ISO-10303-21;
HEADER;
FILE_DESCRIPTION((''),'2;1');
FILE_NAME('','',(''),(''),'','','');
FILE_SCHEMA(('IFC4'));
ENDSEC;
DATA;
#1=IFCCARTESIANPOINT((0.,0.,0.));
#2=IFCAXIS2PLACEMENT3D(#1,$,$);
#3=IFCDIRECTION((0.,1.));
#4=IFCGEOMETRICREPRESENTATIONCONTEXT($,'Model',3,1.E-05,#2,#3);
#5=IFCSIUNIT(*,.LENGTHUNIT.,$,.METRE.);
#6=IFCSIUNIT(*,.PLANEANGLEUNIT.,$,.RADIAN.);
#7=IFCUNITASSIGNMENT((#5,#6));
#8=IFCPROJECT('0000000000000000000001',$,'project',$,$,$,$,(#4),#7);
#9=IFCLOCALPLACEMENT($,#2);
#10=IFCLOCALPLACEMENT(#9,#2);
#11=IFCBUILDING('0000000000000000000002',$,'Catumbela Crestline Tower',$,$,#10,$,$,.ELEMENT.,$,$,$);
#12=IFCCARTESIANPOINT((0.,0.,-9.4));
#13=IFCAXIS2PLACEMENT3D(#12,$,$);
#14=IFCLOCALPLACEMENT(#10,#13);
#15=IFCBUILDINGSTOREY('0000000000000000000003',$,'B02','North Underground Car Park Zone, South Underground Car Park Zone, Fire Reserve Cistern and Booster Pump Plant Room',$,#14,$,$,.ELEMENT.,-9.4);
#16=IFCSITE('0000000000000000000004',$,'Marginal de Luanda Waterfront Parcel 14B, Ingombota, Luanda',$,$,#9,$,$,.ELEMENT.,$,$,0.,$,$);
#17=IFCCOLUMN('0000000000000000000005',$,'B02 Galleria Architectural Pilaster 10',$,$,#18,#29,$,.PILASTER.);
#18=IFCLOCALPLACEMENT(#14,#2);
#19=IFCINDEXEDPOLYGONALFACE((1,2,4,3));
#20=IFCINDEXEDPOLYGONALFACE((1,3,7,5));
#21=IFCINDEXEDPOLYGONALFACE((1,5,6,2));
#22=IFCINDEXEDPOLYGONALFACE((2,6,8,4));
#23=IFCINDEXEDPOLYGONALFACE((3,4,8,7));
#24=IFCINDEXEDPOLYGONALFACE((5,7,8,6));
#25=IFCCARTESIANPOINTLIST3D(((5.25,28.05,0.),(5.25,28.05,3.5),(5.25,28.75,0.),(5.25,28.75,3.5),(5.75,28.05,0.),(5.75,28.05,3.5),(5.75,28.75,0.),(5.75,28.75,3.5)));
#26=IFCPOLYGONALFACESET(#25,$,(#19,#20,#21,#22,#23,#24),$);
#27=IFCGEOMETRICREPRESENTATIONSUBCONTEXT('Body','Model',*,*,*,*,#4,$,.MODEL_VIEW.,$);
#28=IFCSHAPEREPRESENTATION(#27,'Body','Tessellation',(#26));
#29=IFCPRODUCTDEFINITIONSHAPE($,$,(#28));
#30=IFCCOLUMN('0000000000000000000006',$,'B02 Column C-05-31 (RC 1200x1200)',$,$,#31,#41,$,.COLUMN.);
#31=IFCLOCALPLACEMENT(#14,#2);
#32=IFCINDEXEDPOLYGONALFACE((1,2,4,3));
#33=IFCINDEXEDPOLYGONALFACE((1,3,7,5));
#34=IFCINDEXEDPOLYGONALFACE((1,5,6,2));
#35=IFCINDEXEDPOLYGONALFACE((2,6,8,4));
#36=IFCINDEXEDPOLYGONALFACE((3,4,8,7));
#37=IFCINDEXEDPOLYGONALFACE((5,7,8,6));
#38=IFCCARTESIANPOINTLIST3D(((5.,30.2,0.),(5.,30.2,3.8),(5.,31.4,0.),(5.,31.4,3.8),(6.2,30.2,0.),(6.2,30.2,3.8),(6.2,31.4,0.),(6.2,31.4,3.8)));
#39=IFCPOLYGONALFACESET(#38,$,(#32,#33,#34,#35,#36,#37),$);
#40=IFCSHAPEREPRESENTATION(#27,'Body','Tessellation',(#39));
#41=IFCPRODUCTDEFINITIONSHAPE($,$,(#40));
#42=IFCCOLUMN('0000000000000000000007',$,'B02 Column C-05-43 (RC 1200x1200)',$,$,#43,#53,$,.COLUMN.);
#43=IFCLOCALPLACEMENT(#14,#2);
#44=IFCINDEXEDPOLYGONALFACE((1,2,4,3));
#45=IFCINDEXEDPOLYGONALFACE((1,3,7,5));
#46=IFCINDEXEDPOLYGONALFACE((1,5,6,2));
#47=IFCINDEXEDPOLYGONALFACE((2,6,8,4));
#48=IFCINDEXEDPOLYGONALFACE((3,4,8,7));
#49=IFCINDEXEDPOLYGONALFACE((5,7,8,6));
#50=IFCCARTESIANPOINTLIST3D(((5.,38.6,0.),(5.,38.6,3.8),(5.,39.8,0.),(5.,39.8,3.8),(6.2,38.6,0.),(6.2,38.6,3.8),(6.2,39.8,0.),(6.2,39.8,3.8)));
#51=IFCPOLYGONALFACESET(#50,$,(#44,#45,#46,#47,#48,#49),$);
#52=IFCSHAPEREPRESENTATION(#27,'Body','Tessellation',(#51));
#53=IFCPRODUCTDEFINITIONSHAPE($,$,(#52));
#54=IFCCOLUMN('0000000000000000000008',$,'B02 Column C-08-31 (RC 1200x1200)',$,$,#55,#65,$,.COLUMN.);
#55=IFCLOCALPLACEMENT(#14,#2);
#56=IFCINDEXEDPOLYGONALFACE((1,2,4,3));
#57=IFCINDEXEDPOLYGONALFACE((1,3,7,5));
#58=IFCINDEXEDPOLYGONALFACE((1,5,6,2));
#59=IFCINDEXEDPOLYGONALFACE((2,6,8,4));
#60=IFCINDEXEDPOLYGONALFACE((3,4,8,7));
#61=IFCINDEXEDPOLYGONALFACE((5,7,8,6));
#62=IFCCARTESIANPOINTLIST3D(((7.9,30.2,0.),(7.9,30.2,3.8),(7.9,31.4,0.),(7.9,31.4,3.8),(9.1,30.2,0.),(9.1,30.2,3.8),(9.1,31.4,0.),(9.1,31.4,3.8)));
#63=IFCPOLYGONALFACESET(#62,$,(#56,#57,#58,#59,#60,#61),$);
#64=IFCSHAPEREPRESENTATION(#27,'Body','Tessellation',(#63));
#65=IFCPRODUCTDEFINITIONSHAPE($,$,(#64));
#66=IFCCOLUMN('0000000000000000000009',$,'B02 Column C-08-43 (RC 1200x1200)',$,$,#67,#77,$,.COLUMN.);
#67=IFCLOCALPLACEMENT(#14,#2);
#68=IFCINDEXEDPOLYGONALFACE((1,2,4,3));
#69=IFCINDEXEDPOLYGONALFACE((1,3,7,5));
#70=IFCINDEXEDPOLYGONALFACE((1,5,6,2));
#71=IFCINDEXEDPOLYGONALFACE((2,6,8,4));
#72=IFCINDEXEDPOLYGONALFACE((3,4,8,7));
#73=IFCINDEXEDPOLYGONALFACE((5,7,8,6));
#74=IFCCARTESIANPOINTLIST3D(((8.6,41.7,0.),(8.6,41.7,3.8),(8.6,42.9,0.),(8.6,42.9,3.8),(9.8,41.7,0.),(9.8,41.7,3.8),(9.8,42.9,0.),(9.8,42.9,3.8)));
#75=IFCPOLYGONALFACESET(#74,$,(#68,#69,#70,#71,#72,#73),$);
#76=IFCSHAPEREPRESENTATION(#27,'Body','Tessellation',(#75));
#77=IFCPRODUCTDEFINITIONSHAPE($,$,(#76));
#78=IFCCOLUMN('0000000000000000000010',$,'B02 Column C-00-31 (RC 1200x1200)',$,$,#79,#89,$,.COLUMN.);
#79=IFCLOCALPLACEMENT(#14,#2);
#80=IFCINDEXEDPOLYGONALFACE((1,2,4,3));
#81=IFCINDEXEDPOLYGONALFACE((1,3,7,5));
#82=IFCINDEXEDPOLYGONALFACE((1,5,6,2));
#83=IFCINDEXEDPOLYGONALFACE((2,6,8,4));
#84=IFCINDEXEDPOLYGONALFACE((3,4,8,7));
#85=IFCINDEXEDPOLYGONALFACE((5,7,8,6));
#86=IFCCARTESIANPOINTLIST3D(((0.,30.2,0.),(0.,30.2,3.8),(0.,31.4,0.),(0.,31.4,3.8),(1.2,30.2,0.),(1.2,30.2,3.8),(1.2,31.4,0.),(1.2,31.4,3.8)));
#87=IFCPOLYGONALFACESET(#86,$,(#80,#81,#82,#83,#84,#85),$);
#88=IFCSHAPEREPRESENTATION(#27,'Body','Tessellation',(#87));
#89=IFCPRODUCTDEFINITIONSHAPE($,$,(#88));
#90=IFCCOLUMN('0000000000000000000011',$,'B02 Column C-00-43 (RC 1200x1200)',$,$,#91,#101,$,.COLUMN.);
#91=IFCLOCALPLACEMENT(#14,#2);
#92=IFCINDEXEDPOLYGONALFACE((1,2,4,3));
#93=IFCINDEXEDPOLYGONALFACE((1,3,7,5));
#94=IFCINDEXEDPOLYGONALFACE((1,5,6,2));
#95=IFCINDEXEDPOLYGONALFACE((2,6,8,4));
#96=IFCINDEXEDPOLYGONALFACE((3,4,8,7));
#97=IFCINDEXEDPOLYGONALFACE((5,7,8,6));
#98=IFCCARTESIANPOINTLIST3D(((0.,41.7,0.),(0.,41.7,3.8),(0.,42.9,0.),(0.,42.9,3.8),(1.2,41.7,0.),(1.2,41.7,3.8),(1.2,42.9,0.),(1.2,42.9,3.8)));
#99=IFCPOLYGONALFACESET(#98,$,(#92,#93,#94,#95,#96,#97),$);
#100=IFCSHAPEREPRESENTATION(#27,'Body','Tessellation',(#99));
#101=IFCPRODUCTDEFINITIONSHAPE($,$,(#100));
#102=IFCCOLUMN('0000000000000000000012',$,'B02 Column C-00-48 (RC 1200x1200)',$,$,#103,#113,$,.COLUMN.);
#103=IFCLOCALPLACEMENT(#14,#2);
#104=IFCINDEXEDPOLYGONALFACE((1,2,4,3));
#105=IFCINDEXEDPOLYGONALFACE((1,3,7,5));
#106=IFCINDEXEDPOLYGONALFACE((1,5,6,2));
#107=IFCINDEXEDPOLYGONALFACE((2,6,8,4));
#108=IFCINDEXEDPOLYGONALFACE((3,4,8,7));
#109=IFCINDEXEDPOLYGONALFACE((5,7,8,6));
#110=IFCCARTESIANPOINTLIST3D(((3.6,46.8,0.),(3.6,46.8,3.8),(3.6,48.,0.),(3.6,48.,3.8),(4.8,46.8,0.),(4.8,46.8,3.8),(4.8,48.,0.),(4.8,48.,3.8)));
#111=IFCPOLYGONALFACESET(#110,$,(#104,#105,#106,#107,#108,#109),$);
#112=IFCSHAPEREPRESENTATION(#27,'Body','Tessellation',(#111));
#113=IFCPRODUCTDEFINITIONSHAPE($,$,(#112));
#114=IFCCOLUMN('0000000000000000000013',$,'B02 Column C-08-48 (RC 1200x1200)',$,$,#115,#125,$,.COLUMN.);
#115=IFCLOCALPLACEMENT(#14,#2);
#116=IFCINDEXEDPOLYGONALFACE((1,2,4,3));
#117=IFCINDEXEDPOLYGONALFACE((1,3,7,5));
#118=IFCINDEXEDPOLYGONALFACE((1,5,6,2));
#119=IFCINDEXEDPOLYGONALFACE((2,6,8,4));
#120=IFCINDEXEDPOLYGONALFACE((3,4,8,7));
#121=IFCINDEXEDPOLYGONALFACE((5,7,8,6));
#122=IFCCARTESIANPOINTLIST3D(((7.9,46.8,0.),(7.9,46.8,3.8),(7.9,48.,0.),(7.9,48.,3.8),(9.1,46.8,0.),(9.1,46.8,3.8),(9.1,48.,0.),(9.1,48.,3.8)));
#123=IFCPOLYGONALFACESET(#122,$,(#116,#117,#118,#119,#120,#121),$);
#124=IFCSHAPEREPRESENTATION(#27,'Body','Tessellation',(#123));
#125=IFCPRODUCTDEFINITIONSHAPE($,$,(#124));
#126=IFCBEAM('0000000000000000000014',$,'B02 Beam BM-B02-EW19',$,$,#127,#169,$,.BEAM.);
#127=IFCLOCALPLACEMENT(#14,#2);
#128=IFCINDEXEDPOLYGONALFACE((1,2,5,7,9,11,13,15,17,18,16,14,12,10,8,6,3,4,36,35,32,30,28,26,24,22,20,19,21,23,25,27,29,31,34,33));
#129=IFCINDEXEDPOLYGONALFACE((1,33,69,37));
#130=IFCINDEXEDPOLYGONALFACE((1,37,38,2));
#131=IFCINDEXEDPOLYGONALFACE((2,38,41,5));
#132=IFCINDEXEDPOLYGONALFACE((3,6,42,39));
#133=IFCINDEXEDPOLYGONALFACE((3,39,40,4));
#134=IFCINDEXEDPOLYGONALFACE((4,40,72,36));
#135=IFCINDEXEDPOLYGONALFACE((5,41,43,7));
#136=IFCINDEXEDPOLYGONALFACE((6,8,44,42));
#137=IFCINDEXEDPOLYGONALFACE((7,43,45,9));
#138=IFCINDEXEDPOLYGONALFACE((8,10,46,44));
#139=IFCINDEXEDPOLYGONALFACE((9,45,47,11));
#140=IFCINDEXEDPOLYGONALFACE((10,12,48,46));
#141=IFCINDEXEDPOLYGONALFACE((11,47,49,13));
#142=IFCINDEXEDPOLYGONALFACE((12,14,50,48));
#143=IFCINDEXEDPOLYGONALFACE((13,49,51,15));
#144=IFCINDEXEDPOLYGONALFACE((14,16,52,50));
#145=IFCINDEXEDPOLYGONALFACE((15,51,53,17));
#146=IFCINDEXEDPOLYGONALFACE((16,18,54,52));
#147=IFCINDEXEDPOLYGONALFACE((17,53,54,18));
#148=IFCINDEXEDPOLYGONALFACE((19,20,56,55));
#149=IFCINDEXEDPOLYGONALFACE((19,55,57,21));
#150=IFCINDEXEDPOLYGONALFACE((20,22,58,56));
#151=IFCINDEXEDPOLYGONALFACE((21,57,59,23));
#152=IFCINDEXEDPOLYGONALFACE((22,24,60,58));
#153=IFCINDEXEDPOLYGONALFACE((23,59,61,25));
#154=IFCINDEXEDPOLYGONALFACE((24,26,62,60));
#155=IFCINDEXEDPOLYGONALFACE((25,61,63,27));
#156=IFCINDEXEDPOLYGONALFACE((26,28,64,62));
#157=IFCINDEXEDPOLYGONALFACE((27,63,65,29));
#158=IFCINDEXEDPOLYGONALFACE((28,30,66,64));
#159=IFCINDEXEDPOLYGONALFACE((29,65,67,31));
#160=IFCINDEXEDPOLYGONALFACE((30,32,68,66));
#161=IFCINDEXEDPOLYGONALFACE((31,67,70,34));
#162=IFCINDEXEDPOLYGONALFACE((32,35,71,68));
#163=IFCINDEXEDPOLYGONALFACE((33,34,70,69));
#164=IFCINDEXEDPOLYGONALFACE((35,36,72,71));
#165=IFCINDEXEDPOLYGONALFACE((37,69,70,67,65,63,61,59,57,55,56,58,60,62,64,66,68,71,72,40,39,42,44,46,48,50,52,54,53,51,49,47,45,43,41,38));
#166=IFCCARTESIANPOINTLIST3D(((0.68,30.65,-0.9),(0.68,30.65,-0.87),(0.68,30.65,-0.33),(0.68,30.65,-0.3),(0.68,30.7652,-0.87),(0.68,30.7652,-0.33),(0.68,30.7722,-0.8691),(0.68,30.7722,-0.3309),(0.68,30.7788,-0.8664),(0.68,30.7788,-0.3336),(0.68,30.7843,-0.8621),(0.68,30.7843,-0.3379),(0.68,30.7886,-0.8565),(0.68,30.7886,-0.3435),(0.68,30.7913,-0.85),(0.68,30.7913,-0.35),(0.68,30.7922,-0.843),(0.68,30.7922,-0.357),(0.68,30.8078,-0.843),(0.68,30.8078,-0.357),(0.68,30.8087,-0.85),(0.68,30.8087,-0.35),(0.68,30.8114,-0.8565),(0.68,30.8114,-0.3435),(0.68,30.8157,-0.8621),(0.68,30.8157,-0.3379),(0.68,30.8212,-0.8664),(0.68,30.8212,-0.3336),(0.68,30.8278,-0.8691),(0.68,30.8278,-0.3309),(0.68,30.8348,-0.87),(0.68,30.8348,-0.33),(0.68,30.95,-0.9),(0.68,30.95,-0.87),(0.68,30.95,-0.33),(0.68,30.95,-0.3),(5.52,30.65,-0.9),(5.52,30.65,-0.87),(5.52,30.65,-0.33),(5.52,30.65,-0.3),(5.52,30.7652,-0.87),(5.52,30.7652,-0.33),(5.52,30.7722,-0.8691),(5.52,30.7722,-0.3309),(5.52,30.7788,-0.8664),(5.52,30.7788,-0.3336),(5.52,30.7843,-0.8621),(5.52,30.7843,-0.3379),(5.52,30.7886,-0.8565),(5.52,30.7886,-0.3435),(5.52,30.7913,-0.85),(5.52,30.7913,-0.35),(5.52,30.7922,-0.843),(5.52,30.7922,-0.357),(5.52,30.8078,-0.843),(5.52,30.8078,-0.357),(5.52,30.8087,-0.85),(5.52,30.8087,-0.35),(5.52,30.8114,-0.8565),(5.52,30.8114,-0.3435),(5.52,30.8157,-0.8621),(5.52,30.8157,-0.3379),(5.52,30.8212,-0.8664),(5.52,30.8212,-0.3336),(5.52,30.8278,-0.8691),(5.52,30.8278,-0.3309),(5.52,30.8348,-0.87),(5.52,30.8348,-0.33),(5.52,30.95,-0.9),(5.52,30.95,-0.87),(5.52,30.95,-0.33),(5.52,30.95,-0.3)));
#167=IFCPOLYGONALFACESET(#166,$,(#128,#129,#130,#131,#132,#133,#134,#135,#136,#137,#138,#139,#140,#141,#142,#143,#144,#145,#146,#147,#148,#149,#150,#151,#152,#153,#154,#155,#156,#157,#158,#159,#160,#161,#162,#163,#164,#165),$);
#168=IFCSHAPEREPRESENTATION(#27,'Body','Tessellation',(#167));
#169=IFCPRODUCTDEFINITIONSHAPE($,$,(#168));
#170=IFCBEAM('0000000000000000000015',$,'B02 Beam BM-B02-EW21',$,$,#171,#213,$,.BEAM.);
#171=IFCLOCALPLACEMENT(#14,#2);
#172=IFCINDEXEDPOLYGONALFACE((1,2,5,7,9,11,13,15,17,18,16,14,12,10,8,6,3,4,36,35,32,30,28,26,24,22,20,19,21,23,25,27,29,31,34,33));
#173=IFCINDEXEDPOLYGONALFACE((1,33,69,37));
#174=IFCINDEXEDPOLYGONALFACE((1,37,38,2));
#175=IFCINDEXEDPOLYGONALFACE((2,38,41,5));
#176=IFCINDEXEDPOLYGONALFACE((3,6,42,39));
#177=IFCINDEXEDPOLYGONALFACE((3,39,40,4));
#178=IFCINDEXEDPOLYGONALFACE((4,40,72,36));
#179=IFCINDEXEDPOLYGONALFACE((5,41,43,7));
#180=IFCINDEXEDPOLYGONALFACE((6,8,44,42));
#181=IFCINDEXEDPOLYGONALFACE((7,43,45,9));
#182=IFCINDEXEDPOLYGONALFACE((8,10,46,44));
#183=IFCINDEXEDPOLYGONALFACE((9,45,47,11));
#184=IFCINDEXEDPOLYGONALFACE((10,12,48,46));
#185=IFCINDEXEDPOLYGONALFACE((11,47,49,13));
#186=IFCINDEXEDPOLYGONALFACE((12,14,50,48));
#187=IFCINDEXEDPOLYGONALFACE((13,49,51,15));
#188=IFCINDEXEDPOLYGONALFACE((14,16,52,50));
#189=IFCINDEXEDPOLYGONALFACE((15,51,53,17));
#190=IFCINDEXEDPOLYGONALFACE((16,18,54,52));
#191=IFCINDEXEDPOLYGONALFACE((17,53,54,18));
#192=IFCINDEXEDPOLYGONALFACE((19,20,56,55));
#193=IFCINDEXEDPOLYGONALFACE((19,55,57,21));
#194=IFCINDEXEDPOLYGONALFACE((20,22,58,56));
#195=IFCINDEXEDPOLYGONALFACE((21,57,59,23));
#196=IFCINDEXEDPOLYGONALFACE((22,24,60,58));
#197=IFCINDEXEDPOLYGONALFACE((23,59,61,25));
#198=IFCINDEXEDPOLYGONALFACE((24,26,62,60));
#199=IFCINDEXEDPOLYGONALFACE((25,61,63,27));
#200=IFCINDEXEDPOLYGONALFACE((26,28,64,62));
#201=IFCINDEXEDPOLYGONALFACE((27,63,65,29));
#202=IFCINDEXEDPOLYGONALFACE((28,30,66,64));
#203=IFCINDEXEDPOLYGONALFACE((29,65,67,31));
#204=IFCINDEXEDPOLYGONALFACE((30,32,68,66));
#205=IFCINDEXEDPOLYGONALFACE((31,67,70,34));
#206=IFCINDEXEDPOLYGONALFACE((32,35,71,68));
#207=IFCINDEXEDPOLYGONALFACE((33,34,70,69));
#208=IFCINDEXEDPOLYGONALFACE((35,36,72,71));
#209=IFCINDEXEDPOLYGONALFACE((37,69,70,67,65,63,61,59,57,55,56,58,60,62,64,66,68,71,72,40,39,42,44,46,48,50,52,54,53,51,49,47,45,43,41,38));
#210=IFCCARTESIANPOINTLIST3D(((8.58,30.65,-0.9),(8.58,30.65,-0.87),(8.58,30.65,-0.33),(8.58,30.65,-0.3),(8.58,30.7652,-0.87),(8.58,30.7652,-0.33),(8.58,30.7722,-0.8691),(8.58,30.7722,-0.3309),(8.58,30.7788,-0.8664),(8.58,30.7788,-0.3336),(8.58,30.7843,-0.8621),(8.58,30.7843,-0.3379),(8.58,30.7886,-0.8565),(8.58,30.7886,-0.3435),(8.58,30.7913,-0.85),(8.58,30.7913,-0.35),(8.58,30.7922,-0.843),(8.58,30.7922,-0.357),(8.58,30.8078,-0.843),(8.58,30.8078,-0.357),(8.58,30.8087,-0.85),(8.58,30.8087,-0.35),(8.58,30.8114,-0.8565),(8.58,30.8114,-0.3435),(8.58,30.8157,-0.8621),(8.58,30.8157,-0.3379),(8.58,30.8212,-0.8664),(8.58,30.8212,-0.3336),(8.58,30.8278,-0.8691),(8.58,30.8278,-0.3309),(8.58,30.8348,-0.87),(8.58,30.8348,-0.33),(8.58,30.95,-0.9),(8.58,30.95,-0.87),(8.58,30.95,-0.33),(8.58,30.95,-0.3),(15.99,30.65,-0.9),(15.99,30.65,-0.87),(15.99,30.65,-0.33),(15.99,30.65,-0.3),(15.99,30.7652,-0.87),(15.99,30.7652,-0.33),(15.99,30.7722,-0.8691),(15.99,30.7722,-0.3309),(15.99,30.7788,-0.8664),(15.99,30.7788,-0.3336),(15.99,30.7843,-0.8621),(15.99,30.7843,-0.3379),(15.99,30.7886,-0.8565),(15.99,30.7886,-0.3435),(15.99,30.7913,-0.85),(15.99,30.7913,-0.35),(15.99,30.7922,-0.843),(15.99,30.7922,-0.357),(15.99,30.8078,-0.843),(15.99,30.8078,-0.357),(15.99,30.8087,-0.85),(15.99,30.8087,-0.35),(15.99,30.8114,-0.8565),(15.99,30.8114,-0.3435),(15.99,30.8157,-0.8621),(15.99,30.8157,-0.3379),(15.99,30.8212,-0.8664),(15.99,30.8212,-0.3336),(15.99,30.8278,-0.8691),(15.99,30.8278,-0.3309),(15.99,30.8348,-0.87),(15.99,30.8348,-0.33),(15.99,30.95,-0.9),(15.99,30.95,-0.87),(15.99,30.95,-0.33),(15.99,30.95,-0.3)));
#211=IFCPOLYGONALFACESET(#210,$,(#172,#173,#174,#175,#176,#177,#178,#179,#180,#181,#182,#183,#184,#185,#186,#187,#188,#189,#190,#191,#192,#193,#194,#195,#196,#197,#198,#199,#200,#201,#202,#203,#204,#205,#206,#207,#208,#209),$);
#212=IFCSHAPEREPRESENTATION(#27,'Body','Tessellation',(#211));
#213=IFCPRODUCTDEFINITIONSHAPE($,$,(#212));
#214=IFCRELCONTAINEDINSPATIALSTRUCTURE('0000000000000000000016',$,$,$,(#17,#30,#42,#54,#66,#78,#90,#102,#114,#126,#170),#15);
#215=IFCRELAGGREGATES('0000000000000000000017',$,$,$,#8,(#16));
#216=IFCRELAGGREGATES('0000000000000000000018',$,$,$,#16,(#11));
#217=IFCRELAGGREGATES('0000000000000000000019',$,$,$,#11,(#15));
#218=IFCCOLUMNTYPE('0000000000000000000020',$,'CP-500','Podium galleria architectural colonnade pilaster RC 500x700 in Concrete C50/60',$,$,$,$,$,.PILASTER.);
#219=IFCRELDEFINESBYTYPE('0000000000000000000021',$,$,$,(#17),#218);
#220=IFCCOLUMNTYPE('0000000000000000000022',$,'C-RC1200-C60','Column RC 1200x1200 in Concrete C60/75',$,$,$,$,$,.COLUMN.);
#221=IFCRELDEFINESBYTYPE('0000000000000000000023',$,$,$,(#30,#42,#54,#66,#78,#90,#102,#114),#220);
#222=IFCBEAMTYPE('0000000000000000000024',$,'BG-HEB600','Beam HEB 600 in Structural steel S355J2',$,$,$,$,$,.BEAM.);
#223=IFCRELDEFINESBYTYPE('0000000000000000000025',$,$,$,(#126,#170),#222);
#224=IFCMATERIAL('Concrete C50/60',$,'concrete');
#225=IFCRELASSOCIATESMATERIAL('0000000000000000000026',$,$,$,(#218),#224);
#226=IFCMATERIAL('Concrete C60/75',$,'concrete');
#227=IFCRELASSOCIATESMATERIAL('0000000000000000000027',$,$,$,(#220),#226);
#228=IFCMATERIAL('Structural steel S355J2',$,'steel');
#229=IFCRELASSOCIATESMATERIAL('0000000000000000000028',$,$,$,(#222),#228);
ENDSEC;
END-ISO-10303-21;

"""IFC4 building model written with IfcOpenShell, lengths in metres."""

from ifc_helpers import new_model, si_unit, direction, frame, origin, origin_2d, place, context, subcontext, project, spatial, rectangle, i_section, extrude, material, material_profile, profile_set, type_object, element, save


model = new_model("IFC4")

# Units and contexts
model_context = context("Model", 3, precision=1e-05, world=origin(), true_north=direction((0.0, 1.0)))
body_context = subcontext(model_context, "Body", "Model", "MODEL_VIEW")
ifc_project = project(units=[si_unit("LENGTHUNIT", "METRE"), si_unit("PLANEANGLEUNIT", "RADIAN")], contexts=[model_context])

# Site, building, storey
site_placement = place(None, origin())
site = spatial("IfcSite", under=ifc_project, at=site_placement, Name="Marginal de Luanda Waterfront Parcel 14B, Ingombota, Luanda", CompositionType="ELEMENT", RefElevation=0.0)
building_placement = place(site_placement, origin())
building = spatial("IfcBuilding", under=site, at=building_placement, Name="Catumbela Crestline Tower", CompositionType="ELEMENT")
storey_placement = place(building_placement, frame((0.0, 0.0, -9.4)))
storey = spatial("IfcBuildingStorey", under=building, at=storey_placement, Name="B02", Description="North Underground Car Park Zone, South Underground Car Park Zone, Fire Reserve Cistern and Booster Pump Plant Room", CompositionType="ELEMENT", Elevation=-9.4)

# Columns
ifc_material_1 = material(Name="Concrete C50/60", Category="concrete")
ifc_material_profile_1 = material_profile(ifc_material_1, rectangle(XDim=0.5, YDim=0.7, at=origin_2d()), Name="RC 500x700")
ifc_profile_set_1 = profile_set([ifc_material_profile_1], Name="Concrete C50/60")
column_type_1 = type_object("IfcColumnType", Name="CP-500", Description="Podium galleria architectural colonnade pilaster RC 500x700 in Concrete C50/60", PredefinedType="PILASTER", material=ifc_profile_set_1)
column_placement = place(storey_placement, frame((5.5, 28.4, 0.0), z_axis=(0.0, 0.0, 1.0), x_axis=(1.0, 0.0, 0.0)))
element("IfcColumn", 1, at=column_placement, inside=storey, type_object=column_type_1, Name="B02 Galleria Architectural Pilaster 10", PredefinedType="PILASTER", context=body_context, shape_type="SweptSolid", body=[
    extrude(rectangle(XDim=0.5, YDim=0.7, at=origin_2d()), origin(), (0.0, 0.0, 1.0), 3.5),
])
ifc_material_2 = material(Name="Concrete C60/75", Category="concrete")
ifc_material_profile_2 = material_profile(ifc_material_2, rectangle(XDim=1.2, YDim=1.2, at=origin_2d()), Name="RC 1200x1200")
ifc_profile_set_2 = profile_set([ifc_material_profile_2], Name="Concrete C60/75")
column_type_2 = type_object("IfcColumnType", Name="C-RC1200-C60", Description="Column RC 1200x1200 in Concrete C60/75", PredefinedType="COLUMN", material=ifc_profile_set_2)
for number, where, z_axis, x_axis, name in (
    (2, (5.6, 30.8, 0.0), (0.0, 0.0, 1.0), (1.0, 0.0, 0.0), "B02 Column C-05-31 (RC 1200x1200)"),
    (3, (5.6, 39.2, 0.0), (0.0, 0.0, 1.0), (1.0, 0.0, 0.0), "B02 Column C-05-43 (RC 1200x1200)"),
    (4, (8.5, 30.8, 0.0), (0.0, 0.0, 1.0), (1.0, 0.0, 0.0), "B02 Column C-08-31 (RC 1200x1200)"),
    (5, (9.2, 42.3, 0.0), (0.0, 0.0, 1.0), (1.0, 0.0, 0.0), "B02 Column C-08-43 (RC 1200x1200)"),
    (6, (0.6, 30.8, 0.0), (0.0, 0.0, 1.0), (1.0, 0.0, 0.0), "B02 Column C-00-31 (RC 1200x1200)"),
    (7, (0.6, 42.3, 0.0), (0.0, 0.0, 1.0), (1.0, 0.0, 0.0), "B02 Column C-00-43 (RC 1200x1200)"),
    (8, (4.2, 47.4, 0.0), (0.0, 0.0, 1.0), (1.0, 0.0, 0.0), "B02 Column C-00-48 (RC 1200x1200)"),
    (9, (8.5, 47.4, 0.0), (0.0, 0.0, 1.0), (1.0, 0.0, 0.0), "B02 Column C-08-48 (RC 1200x1200)"),
):
    element("IfcColumn", number, at=place(storey_placement, frame(where, z_axis=z_axis, x_axis=x_axis)), inside=storey, type_object=column_type_2, Name=name, PredefinedType="COLUMN", context=body_context, shape_type="SweptSolid", body=[
        extrude(rectangle(XDim=1.2, YDim=1.2, at=origin_2d()), origin(), (0.0, 0.0, 1.0), 3.8),
    ])

# Beams
ifc_material_3 = material(Name="Structural steel S355J2", Category="steel")
ifc_material_profile_3 = material_profile(ifc_material_3, i_section(OverallWidth=0.3, OverallDepth=0.6, WebThickness=0.0155, FlangeThickness=0.03, FilletRadius=0.027, at=origin_2d()), Name="HEB 600")
ifc_profile_set_3 = profile_set([ifc_material_profile_3], Name="Structural steel S355J2")
beam_type_1 = type_object("IfcBeamType", Name="BG-HEB600", Description="Beam HEB 600 in Structural steel S355J2", PredefinedType="BEAM", material=ifc_profile_set_3)
beam_1_placement = place(storey_placement, frame((0.68, 30.8, -0.6), z_axis=(1.0, 0.0, 0.0), x_axis=(0.0, 1.0, 0.0)))
element("IfcBeam", 10, at=beam_1_placement, inside=storey, type_object=beam_type_1, Name="B02 Beam BM-B02-EW19", PredefinedType="BEAM", context=body_context, shape_type="SweptSolid", body=[
    extrude(i_section(OverallWidth=0.3, OverallDepth=0.6, WebThickness=0.0155, FlangeThickness=0.03, FilletRadius=0.027, at=origin_2d()), origin(), (0.0, 0.0, 1.0), 4.84),
])
beam_2_placement = place(storey_placement, frame((8.58, 30.8, -0.6), z_axis=(1.0, 0.0, 0.0), x_axis=(0.0, 1.0, 0.0)))
element("IfcBeam", 11, at=beam_2_placement, inside=storey, type_object=beam_type_1, Name="B02 Beam BM-B02-EW21", PredefinedType="BEAM", context=body_context, shape_type="SweptSolid", body=[
    extrude(i_section(OverallWidth=0.3, OverallDepth=0.6, WebThickness=0.0155, FlangeThickness=0.03, FilletRadius=0.027, at=origin_2d()), origin(), (0.0, 0.0, 1.0), 7.41),
])

save(model, "model.ifc")
